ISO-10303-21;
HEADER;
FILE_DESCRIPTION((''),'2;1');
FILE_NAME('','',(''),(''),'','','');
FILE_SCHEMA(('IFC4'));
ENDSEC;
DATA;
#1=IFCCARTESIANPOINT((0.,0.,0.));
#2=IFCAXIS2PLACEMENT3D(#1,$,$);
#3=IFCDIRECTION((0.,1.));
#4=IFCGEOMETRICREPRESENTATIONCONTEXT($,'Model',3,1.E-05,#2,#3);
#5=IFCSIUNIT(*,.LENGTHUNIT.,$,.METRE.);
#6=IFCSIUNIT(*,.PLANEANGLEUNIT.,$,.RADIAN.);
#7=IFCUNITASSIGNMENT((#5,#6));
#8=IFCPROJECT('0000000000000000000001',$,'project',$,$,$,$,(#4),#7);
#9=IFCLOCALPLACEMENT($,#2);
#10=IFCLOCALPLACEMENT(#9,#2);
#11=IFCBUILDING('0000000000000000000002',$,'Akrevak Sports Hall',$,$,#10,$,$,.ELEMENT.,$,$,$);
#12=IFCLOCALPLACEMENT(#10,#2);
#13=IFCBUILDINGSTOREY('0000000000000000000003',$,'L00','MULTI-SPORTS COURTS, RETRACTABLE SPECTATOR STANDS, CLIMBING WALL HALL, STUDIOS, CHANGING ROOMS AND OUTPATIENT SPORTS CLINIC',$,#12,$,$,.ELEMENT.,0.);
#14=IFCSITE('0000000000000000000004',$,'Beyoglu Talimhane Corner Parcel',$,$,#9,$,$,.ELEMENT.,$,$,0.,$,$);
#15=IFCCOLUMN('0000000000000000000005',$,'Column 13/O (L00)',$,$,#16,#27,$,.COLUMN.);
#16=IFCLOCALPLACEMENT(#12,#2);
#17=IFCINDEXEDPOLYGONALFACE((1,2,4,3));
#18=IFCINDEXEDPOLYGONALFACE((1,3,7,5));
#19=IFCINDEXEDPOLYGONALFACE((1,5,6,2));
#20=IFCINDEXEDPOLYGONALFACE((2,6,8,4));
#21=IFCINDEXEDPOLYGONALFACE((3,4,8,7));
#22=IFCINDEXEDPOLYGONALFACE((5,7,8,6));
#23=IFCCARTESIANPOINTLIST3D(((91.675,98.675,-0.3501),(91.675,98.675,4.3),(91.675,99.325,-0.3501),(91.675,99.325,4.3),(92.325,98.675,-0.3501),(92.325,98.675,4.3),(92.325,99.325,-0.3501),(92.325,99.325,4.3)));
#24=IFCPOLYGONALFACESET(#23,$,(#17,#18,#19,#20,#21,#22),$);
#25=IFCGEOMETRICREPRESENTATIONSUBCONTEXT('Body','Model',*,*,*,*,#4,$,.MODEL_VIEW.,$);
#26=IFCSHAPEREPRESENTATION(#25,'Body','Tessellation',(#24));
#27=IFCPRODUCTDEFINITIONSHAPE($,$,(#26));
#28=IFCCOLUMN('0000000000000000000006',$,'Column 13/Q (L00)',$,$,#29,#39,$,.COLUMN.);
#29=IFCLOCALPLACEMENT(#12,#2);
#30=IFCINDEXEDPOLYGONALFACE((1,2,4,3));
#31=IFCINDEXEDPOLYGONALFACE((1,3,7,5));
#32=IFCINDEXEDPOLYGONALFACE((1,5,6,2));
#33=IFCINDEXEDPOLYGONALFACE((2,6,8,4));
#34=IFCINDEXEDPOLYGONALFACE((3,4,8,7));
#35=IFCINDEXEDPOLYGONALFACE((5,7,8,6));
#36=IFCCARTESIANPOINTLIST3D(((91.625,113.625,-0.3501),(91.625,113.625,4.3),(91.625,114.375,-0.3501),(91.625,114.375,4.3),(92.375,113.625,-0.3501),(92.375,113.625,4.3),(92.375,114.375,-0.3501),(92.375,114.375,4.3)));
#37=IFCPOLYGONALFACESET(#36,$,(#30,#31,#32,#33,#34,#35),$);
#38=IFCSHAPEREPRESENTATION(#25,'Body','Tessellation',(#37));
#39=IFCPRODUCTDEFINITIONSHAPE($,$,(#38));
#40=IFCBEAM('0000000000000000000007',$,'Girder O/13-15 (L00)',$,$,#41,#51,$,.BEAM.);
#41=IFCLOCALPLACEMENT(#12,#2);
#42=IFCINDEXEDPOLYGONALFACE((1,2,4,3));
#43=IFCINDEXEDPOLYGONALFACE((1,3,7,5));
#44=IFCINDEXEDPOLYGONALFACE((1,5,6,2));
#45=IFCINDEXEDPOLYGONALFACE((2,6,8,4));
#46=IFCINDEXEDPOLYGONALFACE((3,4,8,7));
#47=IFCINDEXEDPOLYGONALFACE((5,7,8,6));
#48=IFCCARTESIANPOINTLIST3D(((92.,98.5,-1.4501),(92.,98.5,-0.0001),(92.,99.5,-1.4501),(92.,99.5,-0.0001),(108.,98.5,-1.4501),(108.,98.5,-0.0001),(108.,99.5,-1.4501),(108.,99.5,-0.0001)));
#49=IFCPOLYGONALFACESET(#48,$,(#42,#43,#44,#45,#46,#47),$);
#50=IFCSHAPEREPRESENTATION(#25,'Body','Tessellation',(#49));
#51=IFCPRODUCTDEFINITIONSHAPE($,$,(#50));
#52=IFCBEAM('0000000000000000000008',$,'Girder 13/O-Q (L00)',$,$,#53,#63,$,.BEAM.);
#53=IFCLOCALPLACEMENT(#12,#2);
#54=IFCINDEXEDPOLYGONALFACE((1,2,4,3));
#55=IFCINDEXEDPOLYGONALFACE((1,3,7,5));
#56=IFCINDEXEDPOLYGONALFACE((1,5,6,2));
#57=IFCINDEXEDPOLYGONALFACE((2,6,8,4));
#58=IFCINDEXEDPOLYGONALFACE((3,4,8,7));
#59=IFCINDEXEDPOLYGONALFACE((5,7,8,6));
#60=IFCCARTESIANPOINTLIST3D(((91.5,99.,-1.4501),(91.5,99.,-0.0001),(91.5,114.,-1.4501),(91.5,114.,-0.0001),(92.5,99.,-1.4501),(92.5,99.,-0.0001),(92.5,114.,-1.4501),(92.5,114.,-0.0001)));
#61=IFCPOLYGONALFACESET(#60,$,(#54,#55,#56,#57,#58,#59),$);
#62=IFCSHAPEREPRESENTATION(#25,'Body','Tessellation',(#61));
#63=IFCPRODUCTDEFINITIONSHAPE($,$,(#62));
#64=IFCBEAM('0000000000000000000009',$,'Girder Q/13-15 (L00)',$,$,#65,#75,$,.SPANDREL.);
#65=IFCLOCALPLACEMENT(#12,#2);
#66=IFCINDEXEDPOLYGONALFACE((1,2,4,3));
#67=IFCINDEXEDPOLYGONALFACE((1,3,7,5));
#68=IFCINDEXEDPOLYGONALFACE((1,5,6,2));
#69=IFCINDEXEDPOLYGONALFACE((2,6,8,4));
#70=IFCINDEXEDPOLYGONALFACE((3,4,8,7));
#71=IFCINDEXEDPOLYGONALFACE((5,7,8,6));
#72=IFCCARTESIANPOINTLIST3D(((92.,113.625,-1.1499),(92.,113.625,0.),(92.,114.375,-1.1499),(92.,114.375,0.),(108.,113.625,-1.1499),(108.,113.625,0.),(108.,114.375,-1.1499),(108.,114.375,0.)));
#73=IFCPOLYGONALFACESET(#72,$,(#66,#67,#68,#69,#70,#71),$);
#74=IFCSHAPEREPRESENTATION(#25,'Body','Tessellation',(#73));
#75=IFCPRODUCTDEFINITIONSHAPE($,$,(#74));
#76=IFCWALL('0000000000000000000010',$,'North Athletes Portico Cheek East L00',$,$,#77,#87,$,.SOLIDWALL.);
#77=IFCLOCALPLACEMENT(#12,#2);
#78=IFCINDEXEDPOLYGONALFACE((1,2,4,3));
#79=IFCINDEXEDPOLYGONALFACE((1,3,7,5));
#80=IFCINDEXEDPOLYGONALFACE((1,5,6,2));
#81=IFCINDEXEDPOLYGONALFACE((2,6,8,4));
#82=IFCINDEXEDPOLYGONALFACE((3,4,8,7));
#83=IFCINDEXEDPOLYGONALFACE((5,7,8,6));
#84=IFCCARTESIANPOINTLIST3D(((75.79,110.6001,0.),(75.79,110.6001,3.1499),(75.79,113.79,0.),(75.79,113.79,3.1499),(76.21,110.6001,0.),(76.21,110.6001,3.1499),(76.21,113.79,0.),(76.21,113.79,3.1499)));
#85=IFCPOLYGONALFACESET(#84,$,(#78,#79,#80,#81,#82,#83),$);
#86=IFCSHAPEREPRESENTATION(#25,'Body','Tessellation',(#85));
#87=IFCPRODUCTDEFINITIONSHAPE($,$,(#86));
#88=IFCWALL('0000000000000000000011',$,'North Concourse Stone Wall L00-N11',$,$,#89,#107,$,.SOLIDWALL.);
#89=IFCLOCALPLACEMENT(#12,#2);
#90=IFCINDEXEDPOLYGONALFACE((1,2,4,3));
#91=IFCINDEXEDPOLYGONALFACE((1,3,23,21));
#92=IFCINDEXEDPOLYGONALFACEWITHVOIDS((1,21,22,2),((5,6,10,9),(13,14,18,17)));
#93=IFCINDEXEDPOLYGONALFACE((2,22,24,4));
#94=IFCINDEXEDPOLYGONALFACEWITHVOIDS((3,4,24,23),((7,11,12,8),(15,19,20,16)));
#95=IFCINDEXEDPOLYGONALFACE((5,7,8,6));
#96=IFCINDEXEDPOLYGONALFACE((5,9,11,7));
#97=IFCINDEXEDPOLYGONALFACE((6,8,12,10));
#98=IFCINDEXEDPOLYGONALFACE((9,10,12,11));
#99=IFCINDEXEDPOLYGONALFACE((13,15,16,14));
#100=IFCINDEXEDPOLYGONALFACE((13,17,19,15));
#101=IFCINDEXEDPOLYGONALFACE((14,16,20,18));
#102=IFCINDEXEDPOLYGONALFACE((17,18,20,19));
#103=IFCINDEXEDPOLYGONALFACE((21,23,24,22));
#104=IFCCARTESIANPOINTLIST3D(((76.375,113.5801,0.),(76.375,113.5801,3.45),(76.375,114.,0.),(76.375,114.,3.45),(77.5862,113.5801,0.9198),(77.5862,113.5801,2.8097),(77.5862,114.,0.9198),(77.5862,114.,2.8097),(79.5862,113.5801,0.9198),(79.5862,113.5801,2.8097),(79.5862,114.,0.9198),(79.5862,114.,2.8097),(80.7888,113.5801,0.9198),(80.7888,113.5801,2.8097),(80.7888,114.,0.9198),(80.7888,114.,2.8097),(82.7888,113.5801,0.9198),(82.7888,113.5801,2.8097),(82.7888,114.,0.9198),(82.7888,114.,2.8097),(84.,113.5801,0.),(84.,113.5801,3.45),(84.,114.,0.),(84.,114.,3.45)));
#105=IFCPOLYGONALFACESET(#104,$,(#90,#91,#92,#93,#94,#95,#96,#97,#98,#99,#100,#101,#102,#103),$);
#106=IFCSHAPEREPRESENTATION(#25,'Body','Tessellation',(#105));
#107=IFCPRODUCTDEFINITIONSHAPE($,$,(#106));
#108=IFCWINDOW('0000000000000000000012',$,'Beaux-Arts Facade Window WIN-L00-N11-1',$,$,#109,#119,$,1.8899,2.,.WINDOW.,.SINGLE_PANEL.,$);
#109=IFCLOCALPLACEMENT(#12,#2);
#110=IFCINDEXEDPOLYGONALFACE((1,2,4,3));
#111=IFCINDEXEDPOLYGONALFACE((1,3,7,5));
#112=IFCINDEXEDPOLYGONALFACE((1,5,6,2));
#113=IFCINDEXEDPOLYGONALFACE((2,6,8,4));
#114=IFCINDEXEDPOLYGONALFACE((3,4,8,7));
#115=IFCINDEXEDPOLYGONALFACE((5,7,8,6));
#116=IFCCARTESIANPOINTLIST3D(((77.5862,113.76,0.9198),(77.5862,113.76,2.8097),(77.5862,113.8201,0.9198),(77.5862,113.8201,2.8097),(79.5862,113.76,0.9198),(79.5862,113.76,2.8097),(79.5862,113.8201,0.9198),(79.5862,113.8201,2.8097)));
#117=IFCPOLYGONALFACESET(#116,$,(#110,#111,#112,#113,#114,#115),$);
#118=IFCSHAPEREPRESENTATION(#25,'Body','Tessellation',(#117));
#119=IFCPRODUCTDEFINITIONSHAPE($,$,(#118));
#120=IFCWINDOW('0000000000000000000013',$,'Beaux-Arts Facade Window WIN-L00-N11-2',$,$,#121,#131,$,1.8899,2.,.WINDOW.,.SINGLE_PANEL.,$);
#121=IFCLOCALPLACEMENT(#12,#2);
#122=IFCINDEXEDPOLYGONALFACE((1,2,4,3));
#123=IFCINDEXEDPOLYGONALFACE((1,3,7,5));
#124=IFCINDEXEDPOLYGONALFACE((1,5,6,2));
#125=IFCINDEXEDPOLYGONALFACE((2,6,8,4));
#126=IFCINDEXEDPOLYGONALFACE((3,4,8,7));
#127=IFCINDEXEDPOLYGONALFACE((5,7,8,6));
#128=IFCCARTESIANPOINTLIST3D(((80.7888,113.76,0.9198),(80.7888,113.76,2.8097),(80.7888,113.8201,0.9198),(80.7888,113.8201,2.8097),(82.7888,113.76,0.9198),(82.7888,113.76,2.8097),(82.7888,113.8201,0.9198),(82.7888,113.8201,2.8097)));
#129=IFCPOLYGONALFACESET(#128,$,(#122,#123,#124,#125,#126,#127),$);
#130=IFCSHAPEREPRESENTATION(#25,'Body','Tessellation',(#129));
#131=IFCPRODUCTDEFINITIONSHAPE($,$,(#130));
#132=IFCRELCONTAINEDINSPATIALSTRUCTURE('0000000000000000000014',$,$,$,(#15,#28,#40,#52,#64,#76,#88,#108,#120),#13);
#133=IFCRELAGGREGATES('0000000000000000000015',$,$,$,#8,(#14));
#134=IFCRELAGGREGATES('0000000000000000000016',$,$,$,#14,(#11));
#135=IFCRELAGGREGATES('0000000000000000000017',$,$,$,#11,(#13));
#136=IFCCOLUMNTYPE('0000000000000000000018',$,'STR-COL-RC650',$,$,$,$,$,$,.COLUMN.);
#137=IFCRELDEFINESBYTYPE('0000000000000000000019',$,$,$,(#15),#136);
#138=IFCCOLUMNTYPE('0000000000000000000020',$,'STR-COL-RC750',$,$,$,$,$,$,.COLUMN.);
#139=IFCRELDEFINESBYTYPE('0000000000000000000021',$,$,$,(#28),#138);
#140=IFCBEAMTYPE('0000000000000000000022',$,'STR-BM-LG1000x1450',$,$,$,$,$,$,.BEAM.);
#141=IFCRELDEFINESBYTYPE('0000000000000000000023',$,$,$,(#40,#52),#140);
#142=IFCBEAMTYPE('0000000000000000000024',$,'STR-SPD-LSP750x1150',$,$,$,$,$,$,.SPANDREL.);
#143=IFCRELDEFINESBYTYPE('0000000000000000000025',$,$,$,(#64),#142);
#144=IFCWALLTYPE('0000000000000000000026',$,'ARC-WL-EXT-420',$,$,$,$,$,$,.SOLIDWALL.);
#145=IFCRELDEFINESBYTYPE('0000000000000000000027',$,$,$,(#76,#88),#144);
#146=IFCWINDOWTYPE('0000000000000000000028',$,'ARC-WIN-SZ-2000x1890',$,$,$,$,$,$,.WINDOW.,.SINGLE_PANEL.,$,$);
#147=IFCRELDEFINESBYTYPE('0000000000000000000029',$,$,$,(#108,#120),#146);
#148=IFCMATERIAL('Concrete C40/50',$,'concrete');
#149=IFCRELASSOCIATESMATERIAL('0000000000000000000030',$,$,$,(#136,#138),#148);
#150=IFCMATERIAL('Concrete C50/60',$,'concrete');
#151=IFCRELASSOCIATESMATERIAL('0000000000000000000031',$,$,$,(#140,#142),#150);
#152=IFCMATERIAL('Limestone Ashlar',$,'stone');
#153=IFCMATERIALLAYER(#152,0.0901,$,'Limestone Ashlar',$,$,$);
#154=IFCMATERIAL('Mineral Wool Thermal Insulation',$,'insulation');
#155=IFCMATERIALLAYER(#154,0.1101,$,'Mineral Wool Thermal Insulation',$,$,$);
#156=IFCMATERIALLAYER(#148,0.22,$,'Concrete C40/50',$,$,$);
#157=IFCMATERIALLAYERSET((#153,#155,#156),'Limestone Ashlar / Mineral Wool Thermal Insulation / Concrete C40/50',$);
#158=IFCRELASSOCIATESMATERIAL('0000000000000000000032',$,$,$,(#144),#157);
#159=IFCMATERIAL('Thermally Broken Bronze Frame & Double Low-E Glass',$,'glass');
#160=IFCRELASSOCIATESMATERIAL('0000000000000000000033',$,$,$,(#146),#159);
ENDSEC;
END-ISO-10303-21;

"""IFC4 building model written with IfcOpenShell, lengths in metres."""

from ifc_helpers import new_model, si_unit, direction, frame, frame_2d, origin, origin_2d, place, context, subcontext, project, spatial, rectangle, extrude, material, layer, layer_set, material_profile, profile_set, type_object, element, fill, save


model = new_model("IFC4")

# Units and contexts
model_context = context("Model", 3, precision=1e-05, world=origin(), true_north=direction((0.0, 1.0)))
body_context = subcontext(model_context, "Body", "Model", "MODEL_VIEW")
ifc_project = project(units=[si_unit("LENGTHUNIT", "METRE"), si_unit("PLANEANGLEUNIT", "RADIAN")], contexts=[model_context])

# Site, building, storey
site_placement = place(None, origin())
site = spatial("IfcSite", under=ifc_project, at=site_placement, Name="Beyoglu Talimhane Corner Parcel", CompositionType="ELEMENT", RefElevation=0.0)
building_placement = place(site_placement, origin())
building = spatial("IfcBuilding", under=site, at=building_placement, Name="Akrevak Sports Hall", CompositionType="ELEMENT")
storey_placement = place(building_placement, origin())
storey = spatial("IfcBuildingStorey", under=building, at=storey_placement, Name="L00", Description="MULTI-SPORTS COURTS, RETRACTABLE SPECTATOR STANDS, CLIMBING WALL HALL, STUDIOS, CHANGING ROOMS AND OUTPATIENT SPORTS CLINIC", CompositionType="ELEMENT", Elevation=0.0)

# Columns
ifc_material_1 = material(Name="Concrete C40/50", Category="concrete")
ifc_material_profile_1 = material_profile(ifc_material_1, rectangle(XDim=0.6499, YDim=0.6499, at=origin_2d()), Name="RC 650x650", Category="concrete")
ifc_profile_set_1 = profile_set([ifc_material_profile_1], Name="Concrete C40/50")
column_type_1 = type_object("IfcColumnType", Name="STR-COL-RC650", PredefinedType="COLUMN", material=ifc_profile_set_1)
column_1_placement = place(storey_placement, frame((92.0, 99.0, -0.3501), z_axis=(0.0, 0.0, 1.0), x_axis=(1.0, 0.0, 0.0)))
element("IfcColumn", 1, at=column_1_placement, inside=storey, type_object=column_type_1, Name="Column 13/O (L00)", PredefinedType="COLUMN", context=body_context, shape_type="SweptSolid", body=[
    extrude(rectangle(XDim=0.6499, YDim=0.6499, at=origin_2d()), origin(), (0.0, 0.0, 1.0), 4.6501),
])
ifc_material_profile_2 = material_profile(ifc_material_1, rectangle(XDim=0.75, YDim=0.75, at=origin_2d()), Name="RC 750x750", Category="concrete")
ifc_profile_set_2 = profile_set([ifc_material_profile_2], Name="Concrete C40/50")
column_type_2 = type_object("IfcColumnType", Name="STR-COL-RC750", PredefinedType="COLUMN", material=ifc_profile_set_2)
column_2_placement = place(storey_placement, frame((92.0, 114.0, -0.3501), z_axis=(0.0, 0.0, 1.0), x_axis=(1.0, 0.0, 0.0)))
element("IfcColumn", 2, at=column_2_placement, inside=storey, type_object=column_type_2, Name="Column 13/Q (L00)", PredefinedType="COLUMN", context=body_context, shape_type="SweptSolid", body=[
    extrude(rectangle(XDim=0.75, YDim=0.75, at=origin_2d()), origin(), (0.0, 0.0, 1.0), 4.6501),
])

# Beams
ifc_material_2 = material(Name="Concrete C50/60", Category="concrete")
ifc_material_profile_3 = material_profile(ifc_material_2, rectangle(XDim=1.0, YDim=1.45, at=origin_2d()), Name="BM 1000x1450", Category="concrete")
ifc_profile_set_3 = profile_set([ifc_material_profile_3], Name="Concrete C50/60")
beam_type_1 = type_object("IfcBeamType", Name="STR-BM-LG1000x1450", PredefinedType="BEAM", material=ifc_profile_set_3)
beam_1_placement = place(storey_placement, frame((92.0, 99.0, -0.7251), z_axis=(1.0, 0.0, 0.0), x_axis=(0.0, 1.0, 0.0)))
element("IfcBeam", 3, at=beam_1_placement, inside=storey, type_object=beam_type_1, Name="Girder O/13-15 (L00)", PredefinedType="BEAM", context=body_context, shape_type="SweptSolid", body=[
    extrude(rectangle(XDim=1.0, YDim=1.45, at=origin_2d()), origin(), (0.0, 0.0, 1.0), 16.0),
])
beam_2_placement = place(storey_placement, frame((92.0, 99.0, -0.7251), z_axis=(0.0, 1.0, 0.0), x_axis=(-1.0, 0.0, 0.0)))
element("IfcBeam", 4, at=beam_2_placement, inside=storey, type_object=beam_type_1, Name="Girder 13/O-Q (L00)", PredefinedType="BEAM", context=body_context, shape_type="SweptSolid", body=[
    extrude(rectangle(XDim=1.0, YDim=1.45, at=origin_2d()), origin(), (0.0, 0.0, 1.0), 15.0),
])
ifc_material_profile_4 = material_profile(ifc_material_2, rectangle(XDim=0.75, YDim=1.1499, at=origin_2d()), Name="SPD 750x1150", Category="concrete")
ifc_profile_set_4 = profile_set([ifc_material_profile_4], Name="Concrete C50/60")
beam_type_2 = type_object("IfcBeamType", Name="STR-SPD-LSP750x1150", PredefinedType="SPANDREL", material=ifc_profile_set_4)
beam_3_placement = place(storey_placement, frame((92.0, 114.0, -0.575), z_axis=(1.0, 0.0, 0.0), x_axis=(0.0, 1.0, 0.0)))
element("IfcBeam", 5, at=beam_3_placement, inside=storey, type_object=beam_type_2, Name="Girder Q/13-15 (L00)", PredefinedType="SPANDREL", context=body_context, shape_type="SweptSolid", body=[
    extrude(rectangle(XDim=0.75, YDim=1.1499, at=origin_2d()), origin(), (0.0, 0.0, 1.0), 16.0),
])

# Wall
ifc_material_3 = material(Name="Limestone Ashlar", Category="stone")
ifc_layer_1 = layer(ifc_material_3, 0.0901, Name="Limestone Ashlar")
ifc_material_4 = material(Name="Mineral Wool Thermal Insulation", Category="insulation")
ifc_layer_2 = layer(ifc_material_4, 0.1101, Name="Mineral Wool Thermal Insulation")
ifc_layer_3 = layer(ifc_material_1, 0.22, Name="Concrete C40/50")
ifc_layer_set_1 = layer_set([ifc_layer_1, ifc_layer_2, ifc_layer_3], Name="Limestone Ashlar / Mineral Wool Thermal Insulation / Concrete C40/50")
wall_type_1 = type_object("IfcWallType", Name="ARC-WL-EXT-420", PredefinedType="SOLIDWALL", material=ifc_layer_set_1)
wall_1_placement = place(storey_placement, frame((76.0, 113.79, 0.0), z_axis=(0.0, 0.0, 1.0), x_axis=(0.0, -1.0, 0.0)))
element("IfcWall", 6, at=wall_1_placement, inside=storey, type_object=wall_type_1, Name="North Athletes Portico Cheek East L00", PredefinedType="SOLIDWALL", context=body_context, shape_type="SweptSolid", body=[
    extrude(rectangle(XDim=3.1899, YDim=0.4199, at=frame_2d((1.595, 0.0))), origin(), (0.0, 0.0, 1.0), 3.1499),
])

# Wall, openings, windows
wall_2_placement = place(storey_placement, frame((84.0, 113.79, 0.0), z_axis=(0.0, 0.0, 1.0), x_axis=(-1.0, 0.0, 0.0)))
wall_2 = element("IfcWall", 7, at=wall_2_placement, inside=storey, type_object=wall_type_1, Name="North Concourse Stone Wall L00-N11", PredefinedType="SOLIDWALL", context=body_context, shape_type="SweptSolid", body=[
    extrude(rectangle(XDim=7.625, YDim=0.4199, at=frame_2d((3.8125, 0.0))), origin(), (0.0, 0.0, 1.0), 3.45),
])
opening_1_placement = place(wall_2_placement, frame((4.4138, 0.0, 0.9199)))
opening_1 = element("IfcOpeningElement", 8, at=opening_1_placement, cuts=wall_2, PredefinedType="OPENING", context=body_context, shape_type="SweptSolid", body=[
    extrude(rectangle(XDim=2.0, YDim=1.8899, at=frame_2d((1.0, 0.9448))), frame((0.0, 0.2219, 0.0), z_axis=(0.0, -1.0, 0.0), x_axis=(1.0, 0.0, 0.0)), (0.0, 0.0, 1.0), 0.4438),
])
opening_2_placement = place(wall_2_placement, frame((1.2112, 0.0, 0.9199)))
opening_2 = element("IfcOpeningElement", 9, at=opening_2_placement, cuts=wall_2, PredefinedType="OPENING", context=body_context, shape_type="SweptSolid", body=[
    extrude(rectangle(XDim=2.0, YDim=1.8899, at=frame_2d((1.0, 0.9448))), frame((0.0, 0.2219, 0.0), z_axis=(0.0, -1.0, 0.0), x_axis=(1.0, 0.0, 0.0)), (0.0, 0.0, 1.0), 0.4438),
])
ifc_material_5 = material(Name="Thermally Broken Bronze Frame & Double Low-E Glass", Category="glass")
window_type = type_object("IfcWindowType", Name="ARC-WIN-SZ-2000x1890", PartitioningType="SINGLE_PANEL", PredefinedType="WINDOW", material=ifc_material_5)
window_1_placement = place(opening_1_placement, origin())
window_1 = element("IfcWindow", 10, at=window_1_placement, inside=storey, type_object=window_type, Name="Beaux-Arts Facade Window WIN-L00-N11-1", OverallHeight=1.8899, OverallWidth=2.0, PartitioningType="SINGLE_PANEL", PredefinedType="WINDOW", context=body_context, shape_type="SweptSolid", body=[
    extrude(rectangle(XDim=2.0, YDim=1.8899, at=frame_2d((1.0, 0.9448))), frame((0.0, 0.03, 0.0), z_axis=(0.0, -1.0, 0.0), x_axis=(1.0, 0.0, 0.0)), (0.0, 0.0, 1.0), 0.0601),
])
fill(opening_1, window_1)
window_2_placement = place(opening_2_placement, origin())
window_2 = element("IfcWindow", 11, at=window_2_placement, inside=storey, type_object=window_type, Name="Beaux-Arts Facade Window WIN-L00-N11-2", OverallHeight=1.8899, OverallWidth=2.0, PartitioningType="SINGLE_PANEL", PredefinedType="WINDOW", context=body_context, shape_type="SweptSolid", body=[
    extrude(rectangle(XDim=2.0, YDim=1.8899, at=frame_2d((1.0, 0.9448))), frame((0.0, 0.03, 0.0), z_axis=(0.0, -1.0, 0.0), x_axis=(1.0, 0.0, 0.0)), (0.0, 0.0, 1.0), 0.0601),
])
fill(opening_2, window_2)

save(model, "model.ifc")
